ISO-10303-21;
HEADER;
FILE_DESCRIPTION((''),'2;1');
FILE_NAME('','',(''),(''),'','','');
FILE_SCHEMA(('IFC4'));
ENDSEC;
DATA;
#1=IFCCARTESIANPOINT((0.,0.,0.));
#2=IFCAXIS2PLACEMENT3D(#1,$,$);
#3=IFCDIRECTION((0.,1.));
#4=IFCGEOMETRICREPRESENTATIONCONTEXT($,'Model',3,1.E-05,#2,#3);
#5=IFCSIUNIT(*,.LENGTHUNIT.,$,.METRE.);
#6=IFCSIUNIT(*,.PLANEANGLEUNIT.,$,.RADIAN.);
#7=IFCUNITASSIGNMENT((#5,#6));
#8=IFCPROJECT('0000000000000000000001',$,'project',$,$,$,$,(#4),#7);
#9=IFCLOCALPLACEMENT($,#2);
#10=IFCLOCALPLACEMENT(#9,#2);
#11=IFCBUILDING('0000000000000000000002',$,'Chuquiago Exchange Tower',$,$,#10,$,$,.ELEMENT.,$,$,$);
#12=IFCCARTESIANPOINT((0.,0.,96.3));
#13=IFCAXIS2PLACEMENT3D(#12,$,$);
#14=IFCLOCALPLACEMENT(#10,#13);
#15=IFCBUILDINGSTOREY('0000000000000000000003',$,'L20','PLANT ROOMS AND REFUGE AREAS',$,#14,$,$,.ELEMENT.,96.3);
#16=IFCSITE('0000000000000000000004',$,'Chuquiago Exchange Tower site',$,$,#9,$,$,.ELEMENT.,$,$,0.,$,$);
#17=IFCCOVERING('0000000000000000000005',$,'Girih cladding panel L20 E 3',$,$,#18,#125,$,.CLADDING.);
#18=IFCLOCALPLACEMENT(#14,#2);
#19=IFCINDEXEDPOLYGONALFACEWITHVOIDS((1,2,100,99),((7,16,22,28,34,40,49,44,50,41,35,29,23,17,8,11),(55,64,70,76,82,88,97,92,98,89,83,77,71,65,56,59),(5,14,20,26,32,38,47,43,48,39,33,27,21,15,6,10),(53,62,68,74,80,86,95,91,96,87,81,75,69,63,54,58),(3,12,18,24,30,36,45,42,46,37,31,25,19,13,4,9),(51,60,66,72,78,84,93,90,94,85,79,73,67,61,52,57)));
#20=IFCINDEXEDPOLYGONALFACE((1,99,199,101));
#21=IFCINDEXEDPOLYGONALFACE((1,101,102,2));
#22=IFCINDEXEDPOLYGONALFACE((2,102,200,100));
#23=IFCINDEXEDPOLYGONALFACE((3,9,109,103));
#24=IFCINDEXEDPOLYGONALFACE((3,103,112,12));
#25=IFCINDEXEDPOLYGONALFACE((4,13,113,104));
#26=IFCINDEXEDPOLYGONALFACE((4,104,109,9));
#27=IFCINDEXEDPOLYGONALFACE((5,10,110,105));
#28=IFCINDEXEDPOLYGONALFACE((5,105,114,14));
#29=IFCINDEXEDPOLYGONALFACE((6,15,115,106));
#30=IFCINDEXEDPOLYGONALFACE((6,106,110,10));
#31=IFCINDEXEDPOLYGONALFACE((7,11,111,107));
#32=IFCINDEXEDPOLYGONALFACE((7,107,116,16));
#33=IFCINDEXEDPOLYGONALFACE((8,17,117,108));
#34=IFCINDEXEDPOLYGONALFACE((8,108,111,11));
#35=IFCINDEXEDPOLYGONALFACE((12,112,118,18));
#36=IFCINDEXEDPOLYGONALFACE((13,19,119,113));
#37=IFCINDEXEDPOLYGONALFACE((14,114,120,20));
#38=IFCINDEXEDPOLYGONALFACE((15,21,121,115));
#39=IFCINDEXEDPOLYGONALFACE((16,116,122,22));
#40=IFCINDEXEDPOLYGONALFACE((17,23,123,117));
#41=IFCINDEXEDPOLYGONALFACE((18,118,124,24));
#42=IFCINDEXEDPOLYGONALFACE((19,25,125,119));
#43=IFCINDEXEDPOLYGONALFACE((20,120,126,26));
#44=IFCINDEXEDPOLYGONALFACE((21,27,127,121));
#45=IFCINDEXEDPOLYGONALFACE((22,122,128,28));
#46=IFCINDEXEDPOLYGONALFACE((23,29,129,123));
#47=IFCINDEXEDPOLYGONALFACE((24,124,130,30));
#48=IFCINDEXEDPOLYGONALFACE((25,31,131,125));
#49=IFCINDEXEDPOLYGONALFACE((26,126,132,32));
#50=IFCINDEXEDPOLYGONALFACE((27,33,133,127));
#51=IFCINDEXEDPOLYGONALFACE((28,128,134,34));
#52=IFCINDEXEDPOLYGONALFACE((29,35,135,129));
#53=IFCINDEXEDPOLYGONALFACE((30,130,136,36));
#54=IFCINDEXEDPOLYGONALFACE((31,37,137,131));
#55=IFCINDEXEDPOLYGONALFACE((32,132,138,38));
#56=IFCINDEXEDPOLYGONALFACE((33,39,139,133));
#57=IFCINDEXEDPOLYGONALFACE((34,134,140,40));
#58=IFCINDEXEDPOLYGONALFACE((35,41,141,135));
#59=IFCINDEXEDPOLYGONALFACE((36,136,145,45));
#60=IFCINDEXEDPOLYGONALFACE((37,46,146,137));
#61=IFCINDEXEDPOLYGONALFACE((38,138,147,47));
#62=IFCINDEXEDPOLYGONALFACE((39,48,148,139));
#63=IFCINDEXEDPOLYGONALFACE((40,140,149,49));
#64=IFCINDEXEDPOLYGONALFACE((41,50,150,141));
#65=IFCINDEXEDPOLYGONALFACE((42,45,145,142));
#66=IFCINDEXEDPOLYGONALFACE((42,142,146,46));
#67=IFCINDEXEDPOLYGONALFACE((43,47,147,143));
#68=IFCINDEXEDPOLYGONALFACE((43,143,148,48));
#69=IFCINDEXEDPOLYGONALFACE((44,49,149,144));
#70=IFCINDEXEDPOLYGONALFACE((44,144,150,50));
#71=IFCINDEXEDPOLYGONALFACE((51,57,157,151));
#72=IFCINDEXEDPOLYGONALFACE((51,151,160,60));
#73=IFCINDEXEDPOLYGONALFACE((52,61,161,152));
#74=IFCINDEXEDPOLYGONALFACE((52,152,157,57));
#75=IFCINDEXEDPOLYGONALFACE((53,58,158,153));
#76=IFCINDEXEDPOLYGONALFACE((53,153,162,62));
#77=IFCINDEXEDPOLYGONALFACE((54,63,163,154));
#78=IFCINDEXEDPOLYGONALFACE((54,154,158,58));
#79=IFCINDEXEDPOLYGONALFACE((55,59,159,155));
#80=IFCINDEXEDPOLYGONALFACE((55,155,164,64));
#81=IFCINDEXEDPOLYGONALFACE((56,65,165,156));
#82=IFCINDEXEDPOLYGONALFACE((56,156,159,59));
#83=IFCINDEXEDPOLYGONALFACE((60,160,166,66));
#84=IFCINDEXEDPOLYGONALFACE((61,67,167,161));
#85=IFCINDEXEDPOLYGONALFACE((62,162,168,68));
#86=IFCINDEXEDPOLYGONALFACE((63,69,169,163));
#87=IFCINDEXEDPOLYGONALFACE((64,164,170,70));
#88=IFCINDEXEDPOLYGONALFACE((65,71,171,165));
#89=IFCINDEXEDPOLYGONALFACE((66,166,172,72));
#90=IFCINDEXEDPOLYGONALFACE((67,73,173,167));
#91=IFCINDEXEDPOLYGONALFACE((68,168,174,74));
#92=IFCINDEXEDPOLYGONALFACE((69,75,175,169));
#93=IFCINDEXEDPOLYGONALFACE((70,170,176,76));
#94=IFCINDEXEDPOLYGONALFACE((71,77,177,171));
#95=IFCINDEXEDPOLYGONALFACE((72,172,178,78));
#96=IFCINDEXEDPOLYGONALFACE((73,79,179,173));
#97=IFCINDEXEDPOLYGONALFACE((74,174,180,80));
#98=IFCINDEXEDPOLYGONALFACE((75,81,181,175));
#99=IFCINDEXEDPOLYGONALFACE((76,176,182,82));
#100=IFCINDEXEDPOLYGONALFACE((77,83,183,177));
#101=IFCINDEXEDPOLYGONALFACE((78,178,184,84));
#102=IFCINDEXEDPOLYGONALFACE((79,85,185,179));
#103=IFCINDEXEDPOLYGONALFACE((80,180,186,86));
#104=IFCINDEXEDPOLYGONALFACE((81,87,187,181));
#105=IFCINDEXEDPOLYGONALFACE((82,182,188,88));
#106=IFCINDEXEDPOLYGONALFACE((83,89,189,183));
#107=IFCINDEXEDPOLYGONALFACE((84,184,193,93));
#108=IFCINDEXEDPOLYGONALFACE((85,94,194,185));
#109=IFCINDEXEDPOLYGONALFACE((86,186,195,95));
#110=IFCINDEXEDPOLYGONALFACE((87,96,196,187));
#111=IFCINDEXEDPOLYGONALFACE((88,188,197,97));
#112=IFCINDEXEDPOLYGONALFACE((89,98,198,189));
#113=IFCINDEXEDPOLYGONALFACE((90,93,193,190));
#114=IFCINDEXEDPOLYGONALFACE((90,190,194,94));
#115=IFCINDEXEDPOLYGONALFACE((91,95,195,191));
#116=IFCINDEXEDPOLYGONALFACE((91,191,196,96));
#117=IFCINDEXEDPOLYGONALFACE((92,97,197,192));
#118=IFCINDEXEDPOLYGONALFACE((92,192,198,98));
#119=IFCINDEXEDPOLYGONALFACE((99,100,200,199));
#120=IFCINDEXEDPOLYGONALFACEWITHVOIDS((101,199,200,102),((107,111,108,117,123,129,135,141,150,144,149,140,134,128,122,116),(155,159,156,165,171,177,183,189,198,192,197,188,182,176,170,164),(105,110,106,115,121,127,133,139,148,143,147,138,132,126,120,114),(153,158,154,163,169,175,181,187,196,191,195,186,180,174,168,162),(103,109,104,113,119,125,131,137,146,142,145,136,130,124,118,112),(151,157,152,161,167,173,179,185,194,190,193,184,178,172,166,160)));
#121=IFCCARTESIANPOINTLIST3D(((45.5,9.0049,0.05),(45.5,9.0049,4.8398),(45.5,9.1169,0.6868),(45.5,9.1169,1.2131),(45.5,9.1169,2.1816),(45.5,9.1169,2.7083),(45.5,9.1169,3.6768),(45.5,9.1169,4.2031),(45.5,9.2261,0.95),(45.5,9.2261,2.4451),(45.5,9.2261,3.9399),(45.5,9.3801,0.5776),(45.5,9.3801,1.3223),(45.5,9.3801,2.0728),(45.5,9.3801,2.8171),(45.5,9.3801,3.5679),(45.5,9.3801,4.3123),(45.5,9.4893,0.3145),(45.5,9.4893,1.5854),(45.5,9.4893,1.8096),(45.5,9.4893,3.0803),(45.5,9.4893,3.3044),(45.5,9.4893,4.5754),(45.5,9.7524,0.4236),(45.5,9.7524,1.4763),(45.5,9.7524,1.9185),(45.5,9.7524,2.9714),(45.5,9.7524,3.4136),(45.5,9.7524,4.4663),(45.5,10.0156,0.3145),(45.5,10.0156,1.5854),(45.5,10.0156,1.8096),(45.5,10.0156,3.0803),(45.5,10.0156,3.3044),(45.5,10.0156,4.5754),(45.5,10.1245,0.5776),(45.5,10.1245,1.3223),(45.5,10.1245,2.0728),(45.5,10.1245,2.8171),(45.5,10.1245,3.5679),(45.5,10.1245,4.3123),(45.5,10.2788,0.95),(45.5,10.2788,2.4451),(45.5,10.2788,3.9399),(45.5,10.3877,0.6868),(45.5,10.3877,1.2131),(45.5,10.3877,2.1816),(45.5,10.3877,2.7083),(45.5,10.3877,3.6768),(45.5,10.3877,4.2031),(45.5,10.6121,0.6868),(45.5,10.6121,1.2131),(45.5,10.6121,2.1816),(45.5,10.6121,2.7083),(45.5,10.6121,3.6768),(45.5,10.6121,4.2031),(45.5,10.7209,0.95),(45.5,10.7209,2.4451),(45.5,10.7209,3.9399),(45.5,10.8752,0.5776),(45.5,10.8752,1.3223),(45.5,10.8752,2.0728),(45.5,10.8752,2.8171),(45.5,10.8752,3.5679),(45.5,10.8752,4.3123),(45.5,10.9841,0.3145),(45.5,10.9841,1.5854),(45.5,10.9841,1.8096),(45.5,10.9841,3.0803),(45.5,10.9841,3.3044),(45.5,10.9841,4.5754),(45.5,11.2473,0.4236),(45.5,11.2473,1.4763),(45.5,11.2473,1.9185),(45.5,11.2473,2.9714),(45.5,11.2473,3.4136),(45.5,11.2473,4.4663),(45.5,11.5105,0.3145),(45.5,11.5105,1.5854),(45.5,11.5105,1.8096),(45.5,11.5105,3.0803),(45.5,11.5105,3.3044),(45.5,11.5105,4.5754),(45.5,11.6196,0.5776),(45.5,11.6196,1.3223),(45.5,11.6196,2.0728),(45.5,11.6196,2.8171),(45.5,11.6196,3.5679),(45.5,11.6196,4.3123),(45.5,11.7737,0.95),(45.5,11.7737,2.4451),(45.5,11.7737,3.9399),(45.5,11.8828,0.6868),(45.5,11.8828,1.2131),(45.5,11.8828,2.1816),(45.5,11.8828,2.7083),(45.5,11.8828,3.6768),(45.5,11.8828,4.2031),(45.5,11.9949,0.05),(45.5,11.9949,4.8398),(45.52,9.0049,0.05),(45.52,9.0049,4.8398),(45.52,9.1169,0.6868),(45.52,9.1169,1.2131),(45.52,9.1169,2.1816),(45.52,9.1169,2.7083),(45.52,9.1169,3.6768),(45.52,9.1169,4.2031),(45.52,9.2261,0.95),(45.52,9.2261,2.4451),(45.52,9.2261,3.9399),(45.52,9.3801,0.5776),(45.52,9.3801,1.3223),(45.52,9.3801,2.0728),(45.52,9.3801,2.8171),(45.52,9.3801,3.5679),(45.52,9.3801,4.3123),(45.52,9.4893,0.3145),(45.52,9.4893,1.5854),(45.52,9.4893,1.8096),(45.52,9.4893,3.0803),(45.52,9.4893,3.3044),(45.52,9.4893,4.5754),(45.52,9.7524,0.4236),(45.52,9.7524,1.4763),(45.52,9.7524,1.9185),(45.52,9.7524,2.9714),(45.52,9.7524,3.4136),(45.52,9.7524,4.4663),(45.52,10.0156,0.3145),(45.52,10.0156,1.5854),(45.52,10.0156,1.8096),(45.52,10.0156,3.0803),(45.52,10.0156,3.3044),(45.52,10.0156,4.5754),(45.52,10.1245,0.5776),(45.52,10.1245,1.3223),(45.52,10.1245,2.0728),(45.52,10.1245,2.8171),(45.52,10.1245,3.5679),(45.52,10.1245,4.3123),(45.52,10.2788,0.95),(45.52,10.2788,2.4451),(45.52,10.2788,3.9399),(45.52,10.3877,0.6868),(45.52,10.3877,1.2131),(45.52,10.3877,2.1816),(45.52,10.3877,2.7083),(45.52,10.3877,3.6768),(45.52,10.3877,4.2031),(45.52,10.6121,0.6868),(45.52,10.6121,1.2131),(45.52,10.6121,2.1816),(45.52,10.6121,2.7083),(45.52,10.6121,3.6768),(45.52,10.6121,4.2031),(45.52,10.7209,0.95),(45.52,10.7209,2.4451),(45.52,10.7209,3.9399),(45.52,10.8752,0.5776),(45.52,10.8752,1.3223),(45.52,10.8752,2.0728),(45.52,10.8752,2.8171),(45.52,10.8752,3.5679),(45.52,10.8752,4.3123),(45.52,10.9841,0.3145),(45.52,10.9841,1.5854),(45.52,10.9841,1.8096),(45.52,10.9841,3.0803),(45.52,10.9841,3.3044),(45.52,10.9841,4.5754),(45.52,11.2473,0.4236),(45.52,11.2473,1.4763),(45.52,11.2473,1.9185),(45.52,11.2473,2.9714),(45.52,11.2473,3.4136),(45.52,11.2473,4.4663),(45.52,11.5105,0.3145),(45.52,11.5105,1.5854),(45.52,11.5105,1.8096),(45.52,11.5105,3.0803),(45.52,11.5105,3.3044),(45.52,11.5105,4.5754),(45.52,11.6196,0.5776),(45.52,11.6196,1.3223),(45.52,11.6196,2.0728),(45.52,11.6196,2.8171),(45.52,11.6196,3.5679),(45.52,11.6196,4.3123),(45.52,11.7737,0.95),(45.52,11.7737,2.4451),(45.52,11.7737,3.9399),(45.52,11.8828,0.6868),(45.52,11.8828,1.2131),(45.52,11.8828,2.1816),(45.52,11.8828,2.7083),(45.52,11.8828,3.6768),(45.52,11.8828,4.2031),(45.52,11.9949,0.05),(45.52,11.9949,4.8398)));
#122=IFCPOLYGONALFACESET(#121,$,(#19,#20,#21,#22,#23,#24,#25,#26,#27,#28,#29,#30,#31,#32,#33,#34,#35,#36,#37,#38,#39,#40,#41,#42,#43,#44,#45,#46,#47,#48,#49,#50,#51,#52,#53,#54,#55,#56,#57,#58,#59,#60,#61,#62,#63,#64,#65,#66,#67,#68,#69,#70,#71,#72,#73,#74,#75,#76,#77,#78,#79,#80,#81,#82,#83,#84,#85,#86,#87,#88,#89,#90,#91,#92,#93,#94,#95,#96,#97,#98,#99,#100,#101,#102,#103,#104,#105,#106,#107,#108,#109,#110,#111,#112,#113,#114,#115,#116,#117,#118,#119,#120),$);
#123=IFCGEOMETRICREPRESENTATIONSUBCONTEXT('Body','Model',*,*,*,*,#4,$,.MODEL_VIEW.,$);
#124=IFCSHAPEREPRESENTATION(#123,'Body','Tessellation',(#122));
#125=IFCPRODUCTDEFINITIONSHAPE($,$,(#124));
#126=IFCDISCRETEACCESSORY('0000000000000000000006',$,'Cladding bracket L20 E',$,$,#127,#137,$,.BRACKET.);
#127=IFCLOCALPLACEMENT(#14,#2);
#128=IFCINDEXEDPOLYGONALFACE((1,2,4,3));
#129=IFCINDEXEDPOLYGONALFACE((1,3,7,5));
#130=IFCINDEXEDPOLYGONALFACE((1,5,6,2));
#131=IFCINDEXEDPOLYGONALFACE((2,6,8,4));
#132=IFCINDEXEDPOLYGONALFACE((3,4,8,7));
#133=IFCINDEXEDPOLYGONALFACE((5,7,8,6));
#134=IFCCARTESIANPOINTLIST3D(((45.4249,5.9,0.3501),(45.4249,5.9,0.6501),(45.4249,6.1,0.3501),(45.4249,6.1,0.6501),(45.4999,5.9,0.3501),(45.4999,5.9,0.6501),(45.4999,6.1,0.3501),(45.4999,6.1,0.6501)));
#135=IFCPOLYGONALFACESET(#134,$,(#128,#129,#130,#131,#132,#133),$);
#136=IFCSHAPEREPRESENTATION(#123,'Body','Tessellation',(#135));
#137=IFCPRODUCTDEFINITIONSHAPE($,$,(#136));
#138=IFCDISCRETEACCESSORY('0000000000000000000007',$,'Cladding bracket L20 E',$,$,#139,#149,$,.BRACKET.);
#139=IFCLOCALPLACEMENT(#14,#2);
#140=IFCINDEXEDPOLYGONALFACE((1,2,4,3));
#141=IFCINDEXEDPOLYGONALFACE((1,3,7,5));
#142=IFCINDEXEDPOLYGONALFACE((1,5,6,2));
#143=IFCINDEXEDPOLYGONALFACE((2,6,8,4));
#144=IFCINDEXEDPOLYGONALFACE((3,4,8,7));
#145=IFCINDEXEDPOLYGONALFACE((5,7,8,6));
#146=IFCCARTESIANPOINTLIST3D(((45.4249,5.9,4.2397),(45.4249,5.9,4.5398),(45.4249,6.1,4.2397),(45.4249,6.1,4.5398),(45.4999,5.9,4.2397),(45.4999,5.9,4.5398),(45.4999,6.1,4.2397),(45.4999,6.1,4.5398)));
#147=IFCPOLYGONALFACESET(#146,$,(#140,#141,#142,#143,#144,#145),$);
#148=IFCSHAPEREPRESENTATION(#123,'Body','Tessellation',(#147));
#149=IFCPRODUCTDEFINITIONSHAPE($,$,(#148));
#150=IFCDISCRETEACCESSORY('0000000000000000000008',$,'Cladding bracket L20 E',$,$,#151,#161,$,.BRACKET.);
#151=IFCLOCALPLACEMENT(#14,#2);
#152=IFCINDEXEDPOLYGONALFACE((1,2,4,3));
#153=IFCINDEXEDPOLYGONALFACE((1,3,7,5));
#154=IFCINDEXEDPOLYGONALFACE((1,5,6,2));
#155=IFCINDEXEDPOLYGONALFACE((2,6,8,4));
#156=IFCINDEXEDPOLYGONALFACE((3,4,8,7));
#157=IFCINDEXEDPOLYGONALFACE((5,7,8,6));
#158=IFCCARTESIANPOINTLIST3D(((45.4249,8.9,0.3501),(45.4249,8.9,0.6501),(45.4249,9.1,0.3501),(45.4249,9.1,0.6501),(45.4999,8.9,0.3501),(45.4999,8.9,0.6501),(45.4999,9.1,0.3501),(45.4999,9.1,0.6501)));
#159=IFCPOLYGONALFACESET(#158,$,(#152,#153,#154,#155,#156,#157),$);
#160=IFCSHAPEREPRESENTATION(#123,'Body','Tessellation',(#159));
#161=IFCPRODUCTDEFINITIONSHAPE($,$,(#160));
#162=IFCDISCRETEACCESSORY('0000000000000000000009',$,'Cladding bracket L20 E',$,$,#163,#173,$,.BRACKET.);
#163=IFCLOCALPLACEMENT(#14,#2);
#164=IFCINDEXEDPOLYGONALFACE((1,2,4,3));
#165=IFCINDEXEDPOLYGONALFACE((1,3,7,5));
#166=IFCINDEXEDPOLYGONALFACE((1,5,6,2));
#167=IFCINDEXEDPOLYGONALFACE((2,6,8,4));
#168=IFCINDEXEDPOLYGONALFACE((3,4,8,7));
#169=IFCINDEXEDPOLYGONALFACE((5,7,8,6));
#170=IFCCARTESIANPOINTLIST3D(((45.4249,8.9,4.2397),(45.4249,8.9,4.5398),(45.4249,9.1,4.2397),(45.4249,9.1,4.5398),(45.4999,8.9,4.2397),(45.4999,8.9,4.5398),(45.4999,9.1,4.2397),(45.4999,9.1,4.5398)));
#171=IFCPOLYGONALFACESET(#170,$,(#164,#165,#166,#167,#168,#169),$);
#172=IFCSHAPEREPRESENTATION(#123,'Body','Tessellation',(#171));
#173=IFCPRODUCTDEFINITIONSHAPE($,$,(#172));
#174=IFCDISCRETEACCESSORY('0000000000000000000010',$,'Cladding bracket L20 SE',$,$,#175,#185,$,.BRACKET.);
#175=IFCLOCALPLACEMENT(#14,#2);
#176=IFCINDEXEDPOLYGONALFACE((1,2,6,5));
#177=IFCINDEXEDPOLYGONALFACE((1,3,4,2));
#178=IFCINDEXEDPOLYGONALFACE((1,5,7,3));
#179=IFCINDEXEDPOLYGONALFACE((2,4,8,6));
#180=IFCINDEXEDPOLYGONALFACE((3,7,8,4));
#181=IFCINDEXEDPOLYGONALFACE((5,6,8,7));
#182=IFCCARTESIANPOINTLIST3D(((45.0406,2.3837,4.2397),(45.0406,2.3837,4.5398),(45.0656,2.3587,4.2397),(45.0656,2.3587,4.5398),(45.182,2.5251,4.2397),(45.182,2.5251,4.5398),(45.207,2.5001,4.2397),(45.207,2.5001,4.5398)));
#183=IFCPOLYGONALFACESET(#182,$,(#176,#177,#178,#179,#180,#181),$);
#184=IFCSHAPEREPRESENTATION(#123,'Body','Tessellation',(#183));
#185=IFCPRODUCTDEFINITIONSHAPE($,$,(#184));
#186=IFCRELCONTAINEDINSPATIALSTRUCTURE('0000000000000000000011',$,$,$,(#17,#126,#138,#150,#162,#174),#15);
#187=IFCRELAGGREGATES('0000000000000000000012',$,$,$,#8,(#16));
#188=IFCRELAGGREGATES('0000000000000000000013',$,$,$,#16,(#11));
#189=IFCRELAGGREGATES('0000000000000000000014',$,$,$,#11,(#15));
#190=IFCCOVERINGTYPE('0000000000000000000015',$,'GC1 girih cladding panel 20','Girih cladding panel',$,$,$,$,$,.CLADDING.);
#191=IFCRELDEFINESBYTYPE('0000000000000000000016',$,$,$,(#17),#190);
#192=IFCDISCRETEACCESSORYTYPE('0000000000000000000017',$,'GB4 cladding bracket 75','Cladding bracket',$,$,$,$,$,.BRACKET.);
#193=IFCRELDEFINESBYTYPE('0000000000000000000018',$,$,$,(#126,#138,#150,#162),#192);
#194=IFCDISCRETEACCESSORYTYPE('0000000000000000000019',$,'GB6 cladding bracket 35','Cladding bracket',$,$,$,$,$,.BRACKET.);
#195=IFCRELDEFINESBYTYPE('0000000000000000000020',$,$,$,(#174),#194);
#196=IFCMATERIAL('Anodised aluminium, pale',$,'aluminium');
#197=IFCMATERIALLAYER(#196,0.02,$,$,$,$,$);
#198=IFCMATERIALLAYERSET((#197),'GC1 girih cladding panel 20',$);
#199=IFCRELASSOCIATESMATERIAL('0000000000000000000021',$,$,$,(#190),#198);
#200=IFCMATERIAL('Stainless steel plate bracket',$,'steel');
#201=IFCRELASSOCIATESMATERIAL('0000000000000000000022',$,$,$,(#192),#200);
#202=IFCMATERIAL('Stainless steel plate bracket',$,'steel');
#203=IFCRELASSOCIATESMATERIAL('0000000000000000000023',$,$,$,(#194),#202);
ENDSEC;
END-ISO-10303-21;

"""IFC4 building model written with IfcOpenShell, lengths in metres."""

from ifc_helpers import new_model, si_unit, direction, frame, origin, origin_2d, place, context, subcontext, project, spatial, polyline, rectangle, outline, extrude, material, layer, layer_set, type_object, element, save


model = new_model("IFC4")

# Units and contexts
model_context = context("Model", 3, precision=1e-05, world=origin(), true_north=direction((0.0, 1.0)))
body_context = subcontext(model_context, "Body", "Model", "MODEL_VIEW")
ifc_project = project(units=[si_unit("LENGTHUNIT", "METRE"), si_unit("PLANEANGLEUNIT", "RADIAN")], contexts=[model_context])

# Site, building, storey
site_placement = place(None, origin())
site = spatial("IfcSite", under=ifc_project, at=site_placement, Name="Chuquiago Exchange Tower site", CompositionType="ELEMENT", RefElevation=0.0)
building_placement = place(site_placement, origin())
building = spatial("IfcBuilding", under=site, at=building_placement, Name="Chuquiago Exchange Tower", CompositionType="ELEMENT")
storey_placement = place(building_placement, frame((0.0, 0.0, 96.3)))
storey = spatial("IfcBuildingStorey", under=building, at=storey_placement, Name="L20", Description="PLANT ROOMS AND REFUGE AREAS", CompositionType="ELEMENT", Elevation=96.3)

# Covering
ifc_material_1 = material(Name="Anodised aluminium, pale", Category="aluminium")
ifc_layer_1 = layer(ifc_material_1, 0.02)
ifc_layer_set_1 = layer_set([ifc_layer_1], Name="GC1 girih cladding panel 20")
covering_type = type_object("IfcCoveringType", Name="GC1 girih cladding panel 20", Description="Girih cladding panel", PredefinedType="CLADDING", material=ifc_layer_set_1)
covering_1_placement = place(storey_placement, frame((45.5, 9.0049, 0.05), z_axis=(0.0, 0.0, 1.0), x_axis=(0.0, 1.0, 0.0)))
element("IfcCovering", 1, at=covering_1_placement, inside=storey, type_object=covering_type, Name="Girih cladding panel L20 E 3", PredefinedType="CLADDING", context=body_context, shape_type="SweptSolid", body=[
    extrude(outline(polyline([(0.0, 0.0), (2.99, 0.0), (2.99, 4.7898), (0.0, 4.7898), (0.0, 0.0)]), holes=[polyline([(1.2739, 0.8999), (1.3828, 1.1631), (1.1196, 1.2722), (1.0107, 1.5354), (0.7476, 1.4263), (0.4844, 1.5354), (0.3752, 1.2722), (0.1121, 1.1631), (0.2212, 0.8999), (0.1121, 0.6367), (0.3752, 0.5276), (0.4844, 0.2644), (0.7476, 0.3735), (1.0107, 0.2644), (1.1196, 0.5276), (1.3828, 0.6367), (1.2739, 0.8999)]), polyline([(2.7688, 0.8999), (2.8779, 1.1631), (2.6147, 1.2722), (2.5056, 1.5354), (2.2424, 1.4263), (1.9792, 1.5354), (1.8704, 1.2722), (1.6072, 1.1631), (1.7161, 0.8999), (1.6072, 0.6367), (1.8704, 0.5276), (1.9792, 0.2644), (2.2424, 0.3735), (2.5056, 0.2644), (2.6147, 0.5276), (2.8779, 0.6367), (2.7688, 0.8999)]), polyline([(1.2739, 2.395), (1.3828, 2.6582), (1.1196, 2.7671), (1.0107, 3.0303), (0.7476, 2.9214), (0.4844, 3.0303), (0.3752, 2.7671), (0.1121, 2.6582), (0.2212, 2.395), (0.1121, 2.1316), (0.3752, 2.0227), (0.4844, 1.7595), (0.7476, 1.8684), (1.0107, 1.7595), (1.1196, 2.0227), (1.3828, 2.1316), (1.2739, 2.395)]), polyline([(2.7688, 2.395), (2.8779, 2.6582), (2.6147, 2.7671), (2.5056, 3.0303), (2.2424, 2.9214), (1.9792, 3.0303), (1.8704, 2.7671), (1.6072, 2.6582), (1.7161, 2.395), (1.6072, 2.1316), (1.8704, 2.0227), (1.9792, 1.7595), (2.2424, 1.8684), (2.5056, 1.7595), (2.6147, 2.0227), (2.8779, 2.1316), (2.7688, 2.395)]), polyline([(1.2739, 3.8899), (1.3828, 4.1531), (1.1196, 4.2622), (1.0107, 4.5254), (0.7476, 4.4163), (0.4844, 4.5254), (0.3752, 4.2622), (0.1121, 4.1531), (0.2212, 3.8899), (0.1121, 3.6267), (0.3752, 3.5178), (0.4844, 3.2544), (0.7476, 3.3635), (1.0107, 3.2544), (1.1196, 3.5178), (1.3828, 3.6267), (1.2739, 3.8899)]), polyline([(2.7688, 3.8899), (2.8779, 4.1531), (2.6147, 4.2622), (2.5056, 4.5254), (2.2424, 4.4163), (1.9792, 4.5254), (1.8704, 4.2622), (1.6072, 4.1531), (1.7161, 3.8899), (1.6072, 3.6267), (1.8704, 3.5178), (1.9792, 3.2544), (2.2424, 3.3635), (2.5056, 3.2544), (2.6147, 3.5178), (2.8779, 3.6267), (2.7688, 3.8899)])]), frame((0.0, 0.0, 0.0), z_axis=(0.0, -1.0, 0.0), x_axis=(1.0, 0.0, 0.0)), (0.0, 0.0, 1.0), 0.02),
])

# Discrete accessories
ifc_material_2 = material(Name="Stainless steel plate bracket", Category="steel")
discrete_accessory_type_1 = type_object("IfcDiscreteAccessoryType", Name="GB4 cladding bracket 75", Description="Cladding bracket", PredefinedType="BRACKET", material=ifc_material_2)
for number, where, z_axis, x_axis, name in (
    (2, (45.4624, 6.0, 0.3501), (0.0, 0.0, 1.0), (0.0, 1.0, 0.0), "Cladding bracket L20 E"),
    (3, (45.4624, 6.0, 4.2397), (0.0, 0.0, 1.0), (0.0, 1.0, 0.0), "Cladding bracket L20 E"),
    (4, (45.4624, 9.0, 0.3501), (0.0, 0.0, 1.0), (0.0, 1.0, 0.0), "Cladding bracket L20 E"),
    (5, (45.4624, 9.0, 4.2397), (0.0, 0.0, 1.0), (0.0, 1.0, 0.0), "Cladding bracket L20 E"),
):
    element("IfcDiscreteAccessory", number, at=place(storey_placement, frame(where, z_axis=z_axis, x_axis=x_axis)), inside=storey, type_object=discrete_accessory_type_1, Name=name, PredefinedType="BRACKET", context=body_context, shape_type="SweptSolid", body=[
        extrude(rectangle(XDim=0.2, YDim=0.075, at=origin_2d()), origin(), (0.0, 0.0, 1.0), 0.3),
    ])
ifc_material_3 = material(Name="Stainless steel plate bracket", Category="steel")
discrete_accessory_type_2 = type_object("IfcDiscreteAccessoryType", Name="GB6 cladding bracket 35", Description="Cladding bracket", PredefinedType="BRACKET", material=ifc_material_3)
discrete_accessory_placement = place(storey_placement, frame((45.1238, 2.4419, 4.2397), z_axis=(0.0, 0.0, 1.0), x_axis=(0.707107, 0.707107, 0.0)))
element("IfcDiscreteAccessory", 6, at=discrete_accessory_placement, inside=storey, type_object=discrete_accessory_type_2, Name="Cladding bracket L20 SE", PredefinedType="BRACKET", context=body_context, shape_type="SweptSolid", body=[
    extrude(rectangle(XDim=0.2, YDim=0.0354, at=origin_2d()), origin(), (0.0, 0.0, 1.0), 0.3),
])

save(model, "model.ifc")
